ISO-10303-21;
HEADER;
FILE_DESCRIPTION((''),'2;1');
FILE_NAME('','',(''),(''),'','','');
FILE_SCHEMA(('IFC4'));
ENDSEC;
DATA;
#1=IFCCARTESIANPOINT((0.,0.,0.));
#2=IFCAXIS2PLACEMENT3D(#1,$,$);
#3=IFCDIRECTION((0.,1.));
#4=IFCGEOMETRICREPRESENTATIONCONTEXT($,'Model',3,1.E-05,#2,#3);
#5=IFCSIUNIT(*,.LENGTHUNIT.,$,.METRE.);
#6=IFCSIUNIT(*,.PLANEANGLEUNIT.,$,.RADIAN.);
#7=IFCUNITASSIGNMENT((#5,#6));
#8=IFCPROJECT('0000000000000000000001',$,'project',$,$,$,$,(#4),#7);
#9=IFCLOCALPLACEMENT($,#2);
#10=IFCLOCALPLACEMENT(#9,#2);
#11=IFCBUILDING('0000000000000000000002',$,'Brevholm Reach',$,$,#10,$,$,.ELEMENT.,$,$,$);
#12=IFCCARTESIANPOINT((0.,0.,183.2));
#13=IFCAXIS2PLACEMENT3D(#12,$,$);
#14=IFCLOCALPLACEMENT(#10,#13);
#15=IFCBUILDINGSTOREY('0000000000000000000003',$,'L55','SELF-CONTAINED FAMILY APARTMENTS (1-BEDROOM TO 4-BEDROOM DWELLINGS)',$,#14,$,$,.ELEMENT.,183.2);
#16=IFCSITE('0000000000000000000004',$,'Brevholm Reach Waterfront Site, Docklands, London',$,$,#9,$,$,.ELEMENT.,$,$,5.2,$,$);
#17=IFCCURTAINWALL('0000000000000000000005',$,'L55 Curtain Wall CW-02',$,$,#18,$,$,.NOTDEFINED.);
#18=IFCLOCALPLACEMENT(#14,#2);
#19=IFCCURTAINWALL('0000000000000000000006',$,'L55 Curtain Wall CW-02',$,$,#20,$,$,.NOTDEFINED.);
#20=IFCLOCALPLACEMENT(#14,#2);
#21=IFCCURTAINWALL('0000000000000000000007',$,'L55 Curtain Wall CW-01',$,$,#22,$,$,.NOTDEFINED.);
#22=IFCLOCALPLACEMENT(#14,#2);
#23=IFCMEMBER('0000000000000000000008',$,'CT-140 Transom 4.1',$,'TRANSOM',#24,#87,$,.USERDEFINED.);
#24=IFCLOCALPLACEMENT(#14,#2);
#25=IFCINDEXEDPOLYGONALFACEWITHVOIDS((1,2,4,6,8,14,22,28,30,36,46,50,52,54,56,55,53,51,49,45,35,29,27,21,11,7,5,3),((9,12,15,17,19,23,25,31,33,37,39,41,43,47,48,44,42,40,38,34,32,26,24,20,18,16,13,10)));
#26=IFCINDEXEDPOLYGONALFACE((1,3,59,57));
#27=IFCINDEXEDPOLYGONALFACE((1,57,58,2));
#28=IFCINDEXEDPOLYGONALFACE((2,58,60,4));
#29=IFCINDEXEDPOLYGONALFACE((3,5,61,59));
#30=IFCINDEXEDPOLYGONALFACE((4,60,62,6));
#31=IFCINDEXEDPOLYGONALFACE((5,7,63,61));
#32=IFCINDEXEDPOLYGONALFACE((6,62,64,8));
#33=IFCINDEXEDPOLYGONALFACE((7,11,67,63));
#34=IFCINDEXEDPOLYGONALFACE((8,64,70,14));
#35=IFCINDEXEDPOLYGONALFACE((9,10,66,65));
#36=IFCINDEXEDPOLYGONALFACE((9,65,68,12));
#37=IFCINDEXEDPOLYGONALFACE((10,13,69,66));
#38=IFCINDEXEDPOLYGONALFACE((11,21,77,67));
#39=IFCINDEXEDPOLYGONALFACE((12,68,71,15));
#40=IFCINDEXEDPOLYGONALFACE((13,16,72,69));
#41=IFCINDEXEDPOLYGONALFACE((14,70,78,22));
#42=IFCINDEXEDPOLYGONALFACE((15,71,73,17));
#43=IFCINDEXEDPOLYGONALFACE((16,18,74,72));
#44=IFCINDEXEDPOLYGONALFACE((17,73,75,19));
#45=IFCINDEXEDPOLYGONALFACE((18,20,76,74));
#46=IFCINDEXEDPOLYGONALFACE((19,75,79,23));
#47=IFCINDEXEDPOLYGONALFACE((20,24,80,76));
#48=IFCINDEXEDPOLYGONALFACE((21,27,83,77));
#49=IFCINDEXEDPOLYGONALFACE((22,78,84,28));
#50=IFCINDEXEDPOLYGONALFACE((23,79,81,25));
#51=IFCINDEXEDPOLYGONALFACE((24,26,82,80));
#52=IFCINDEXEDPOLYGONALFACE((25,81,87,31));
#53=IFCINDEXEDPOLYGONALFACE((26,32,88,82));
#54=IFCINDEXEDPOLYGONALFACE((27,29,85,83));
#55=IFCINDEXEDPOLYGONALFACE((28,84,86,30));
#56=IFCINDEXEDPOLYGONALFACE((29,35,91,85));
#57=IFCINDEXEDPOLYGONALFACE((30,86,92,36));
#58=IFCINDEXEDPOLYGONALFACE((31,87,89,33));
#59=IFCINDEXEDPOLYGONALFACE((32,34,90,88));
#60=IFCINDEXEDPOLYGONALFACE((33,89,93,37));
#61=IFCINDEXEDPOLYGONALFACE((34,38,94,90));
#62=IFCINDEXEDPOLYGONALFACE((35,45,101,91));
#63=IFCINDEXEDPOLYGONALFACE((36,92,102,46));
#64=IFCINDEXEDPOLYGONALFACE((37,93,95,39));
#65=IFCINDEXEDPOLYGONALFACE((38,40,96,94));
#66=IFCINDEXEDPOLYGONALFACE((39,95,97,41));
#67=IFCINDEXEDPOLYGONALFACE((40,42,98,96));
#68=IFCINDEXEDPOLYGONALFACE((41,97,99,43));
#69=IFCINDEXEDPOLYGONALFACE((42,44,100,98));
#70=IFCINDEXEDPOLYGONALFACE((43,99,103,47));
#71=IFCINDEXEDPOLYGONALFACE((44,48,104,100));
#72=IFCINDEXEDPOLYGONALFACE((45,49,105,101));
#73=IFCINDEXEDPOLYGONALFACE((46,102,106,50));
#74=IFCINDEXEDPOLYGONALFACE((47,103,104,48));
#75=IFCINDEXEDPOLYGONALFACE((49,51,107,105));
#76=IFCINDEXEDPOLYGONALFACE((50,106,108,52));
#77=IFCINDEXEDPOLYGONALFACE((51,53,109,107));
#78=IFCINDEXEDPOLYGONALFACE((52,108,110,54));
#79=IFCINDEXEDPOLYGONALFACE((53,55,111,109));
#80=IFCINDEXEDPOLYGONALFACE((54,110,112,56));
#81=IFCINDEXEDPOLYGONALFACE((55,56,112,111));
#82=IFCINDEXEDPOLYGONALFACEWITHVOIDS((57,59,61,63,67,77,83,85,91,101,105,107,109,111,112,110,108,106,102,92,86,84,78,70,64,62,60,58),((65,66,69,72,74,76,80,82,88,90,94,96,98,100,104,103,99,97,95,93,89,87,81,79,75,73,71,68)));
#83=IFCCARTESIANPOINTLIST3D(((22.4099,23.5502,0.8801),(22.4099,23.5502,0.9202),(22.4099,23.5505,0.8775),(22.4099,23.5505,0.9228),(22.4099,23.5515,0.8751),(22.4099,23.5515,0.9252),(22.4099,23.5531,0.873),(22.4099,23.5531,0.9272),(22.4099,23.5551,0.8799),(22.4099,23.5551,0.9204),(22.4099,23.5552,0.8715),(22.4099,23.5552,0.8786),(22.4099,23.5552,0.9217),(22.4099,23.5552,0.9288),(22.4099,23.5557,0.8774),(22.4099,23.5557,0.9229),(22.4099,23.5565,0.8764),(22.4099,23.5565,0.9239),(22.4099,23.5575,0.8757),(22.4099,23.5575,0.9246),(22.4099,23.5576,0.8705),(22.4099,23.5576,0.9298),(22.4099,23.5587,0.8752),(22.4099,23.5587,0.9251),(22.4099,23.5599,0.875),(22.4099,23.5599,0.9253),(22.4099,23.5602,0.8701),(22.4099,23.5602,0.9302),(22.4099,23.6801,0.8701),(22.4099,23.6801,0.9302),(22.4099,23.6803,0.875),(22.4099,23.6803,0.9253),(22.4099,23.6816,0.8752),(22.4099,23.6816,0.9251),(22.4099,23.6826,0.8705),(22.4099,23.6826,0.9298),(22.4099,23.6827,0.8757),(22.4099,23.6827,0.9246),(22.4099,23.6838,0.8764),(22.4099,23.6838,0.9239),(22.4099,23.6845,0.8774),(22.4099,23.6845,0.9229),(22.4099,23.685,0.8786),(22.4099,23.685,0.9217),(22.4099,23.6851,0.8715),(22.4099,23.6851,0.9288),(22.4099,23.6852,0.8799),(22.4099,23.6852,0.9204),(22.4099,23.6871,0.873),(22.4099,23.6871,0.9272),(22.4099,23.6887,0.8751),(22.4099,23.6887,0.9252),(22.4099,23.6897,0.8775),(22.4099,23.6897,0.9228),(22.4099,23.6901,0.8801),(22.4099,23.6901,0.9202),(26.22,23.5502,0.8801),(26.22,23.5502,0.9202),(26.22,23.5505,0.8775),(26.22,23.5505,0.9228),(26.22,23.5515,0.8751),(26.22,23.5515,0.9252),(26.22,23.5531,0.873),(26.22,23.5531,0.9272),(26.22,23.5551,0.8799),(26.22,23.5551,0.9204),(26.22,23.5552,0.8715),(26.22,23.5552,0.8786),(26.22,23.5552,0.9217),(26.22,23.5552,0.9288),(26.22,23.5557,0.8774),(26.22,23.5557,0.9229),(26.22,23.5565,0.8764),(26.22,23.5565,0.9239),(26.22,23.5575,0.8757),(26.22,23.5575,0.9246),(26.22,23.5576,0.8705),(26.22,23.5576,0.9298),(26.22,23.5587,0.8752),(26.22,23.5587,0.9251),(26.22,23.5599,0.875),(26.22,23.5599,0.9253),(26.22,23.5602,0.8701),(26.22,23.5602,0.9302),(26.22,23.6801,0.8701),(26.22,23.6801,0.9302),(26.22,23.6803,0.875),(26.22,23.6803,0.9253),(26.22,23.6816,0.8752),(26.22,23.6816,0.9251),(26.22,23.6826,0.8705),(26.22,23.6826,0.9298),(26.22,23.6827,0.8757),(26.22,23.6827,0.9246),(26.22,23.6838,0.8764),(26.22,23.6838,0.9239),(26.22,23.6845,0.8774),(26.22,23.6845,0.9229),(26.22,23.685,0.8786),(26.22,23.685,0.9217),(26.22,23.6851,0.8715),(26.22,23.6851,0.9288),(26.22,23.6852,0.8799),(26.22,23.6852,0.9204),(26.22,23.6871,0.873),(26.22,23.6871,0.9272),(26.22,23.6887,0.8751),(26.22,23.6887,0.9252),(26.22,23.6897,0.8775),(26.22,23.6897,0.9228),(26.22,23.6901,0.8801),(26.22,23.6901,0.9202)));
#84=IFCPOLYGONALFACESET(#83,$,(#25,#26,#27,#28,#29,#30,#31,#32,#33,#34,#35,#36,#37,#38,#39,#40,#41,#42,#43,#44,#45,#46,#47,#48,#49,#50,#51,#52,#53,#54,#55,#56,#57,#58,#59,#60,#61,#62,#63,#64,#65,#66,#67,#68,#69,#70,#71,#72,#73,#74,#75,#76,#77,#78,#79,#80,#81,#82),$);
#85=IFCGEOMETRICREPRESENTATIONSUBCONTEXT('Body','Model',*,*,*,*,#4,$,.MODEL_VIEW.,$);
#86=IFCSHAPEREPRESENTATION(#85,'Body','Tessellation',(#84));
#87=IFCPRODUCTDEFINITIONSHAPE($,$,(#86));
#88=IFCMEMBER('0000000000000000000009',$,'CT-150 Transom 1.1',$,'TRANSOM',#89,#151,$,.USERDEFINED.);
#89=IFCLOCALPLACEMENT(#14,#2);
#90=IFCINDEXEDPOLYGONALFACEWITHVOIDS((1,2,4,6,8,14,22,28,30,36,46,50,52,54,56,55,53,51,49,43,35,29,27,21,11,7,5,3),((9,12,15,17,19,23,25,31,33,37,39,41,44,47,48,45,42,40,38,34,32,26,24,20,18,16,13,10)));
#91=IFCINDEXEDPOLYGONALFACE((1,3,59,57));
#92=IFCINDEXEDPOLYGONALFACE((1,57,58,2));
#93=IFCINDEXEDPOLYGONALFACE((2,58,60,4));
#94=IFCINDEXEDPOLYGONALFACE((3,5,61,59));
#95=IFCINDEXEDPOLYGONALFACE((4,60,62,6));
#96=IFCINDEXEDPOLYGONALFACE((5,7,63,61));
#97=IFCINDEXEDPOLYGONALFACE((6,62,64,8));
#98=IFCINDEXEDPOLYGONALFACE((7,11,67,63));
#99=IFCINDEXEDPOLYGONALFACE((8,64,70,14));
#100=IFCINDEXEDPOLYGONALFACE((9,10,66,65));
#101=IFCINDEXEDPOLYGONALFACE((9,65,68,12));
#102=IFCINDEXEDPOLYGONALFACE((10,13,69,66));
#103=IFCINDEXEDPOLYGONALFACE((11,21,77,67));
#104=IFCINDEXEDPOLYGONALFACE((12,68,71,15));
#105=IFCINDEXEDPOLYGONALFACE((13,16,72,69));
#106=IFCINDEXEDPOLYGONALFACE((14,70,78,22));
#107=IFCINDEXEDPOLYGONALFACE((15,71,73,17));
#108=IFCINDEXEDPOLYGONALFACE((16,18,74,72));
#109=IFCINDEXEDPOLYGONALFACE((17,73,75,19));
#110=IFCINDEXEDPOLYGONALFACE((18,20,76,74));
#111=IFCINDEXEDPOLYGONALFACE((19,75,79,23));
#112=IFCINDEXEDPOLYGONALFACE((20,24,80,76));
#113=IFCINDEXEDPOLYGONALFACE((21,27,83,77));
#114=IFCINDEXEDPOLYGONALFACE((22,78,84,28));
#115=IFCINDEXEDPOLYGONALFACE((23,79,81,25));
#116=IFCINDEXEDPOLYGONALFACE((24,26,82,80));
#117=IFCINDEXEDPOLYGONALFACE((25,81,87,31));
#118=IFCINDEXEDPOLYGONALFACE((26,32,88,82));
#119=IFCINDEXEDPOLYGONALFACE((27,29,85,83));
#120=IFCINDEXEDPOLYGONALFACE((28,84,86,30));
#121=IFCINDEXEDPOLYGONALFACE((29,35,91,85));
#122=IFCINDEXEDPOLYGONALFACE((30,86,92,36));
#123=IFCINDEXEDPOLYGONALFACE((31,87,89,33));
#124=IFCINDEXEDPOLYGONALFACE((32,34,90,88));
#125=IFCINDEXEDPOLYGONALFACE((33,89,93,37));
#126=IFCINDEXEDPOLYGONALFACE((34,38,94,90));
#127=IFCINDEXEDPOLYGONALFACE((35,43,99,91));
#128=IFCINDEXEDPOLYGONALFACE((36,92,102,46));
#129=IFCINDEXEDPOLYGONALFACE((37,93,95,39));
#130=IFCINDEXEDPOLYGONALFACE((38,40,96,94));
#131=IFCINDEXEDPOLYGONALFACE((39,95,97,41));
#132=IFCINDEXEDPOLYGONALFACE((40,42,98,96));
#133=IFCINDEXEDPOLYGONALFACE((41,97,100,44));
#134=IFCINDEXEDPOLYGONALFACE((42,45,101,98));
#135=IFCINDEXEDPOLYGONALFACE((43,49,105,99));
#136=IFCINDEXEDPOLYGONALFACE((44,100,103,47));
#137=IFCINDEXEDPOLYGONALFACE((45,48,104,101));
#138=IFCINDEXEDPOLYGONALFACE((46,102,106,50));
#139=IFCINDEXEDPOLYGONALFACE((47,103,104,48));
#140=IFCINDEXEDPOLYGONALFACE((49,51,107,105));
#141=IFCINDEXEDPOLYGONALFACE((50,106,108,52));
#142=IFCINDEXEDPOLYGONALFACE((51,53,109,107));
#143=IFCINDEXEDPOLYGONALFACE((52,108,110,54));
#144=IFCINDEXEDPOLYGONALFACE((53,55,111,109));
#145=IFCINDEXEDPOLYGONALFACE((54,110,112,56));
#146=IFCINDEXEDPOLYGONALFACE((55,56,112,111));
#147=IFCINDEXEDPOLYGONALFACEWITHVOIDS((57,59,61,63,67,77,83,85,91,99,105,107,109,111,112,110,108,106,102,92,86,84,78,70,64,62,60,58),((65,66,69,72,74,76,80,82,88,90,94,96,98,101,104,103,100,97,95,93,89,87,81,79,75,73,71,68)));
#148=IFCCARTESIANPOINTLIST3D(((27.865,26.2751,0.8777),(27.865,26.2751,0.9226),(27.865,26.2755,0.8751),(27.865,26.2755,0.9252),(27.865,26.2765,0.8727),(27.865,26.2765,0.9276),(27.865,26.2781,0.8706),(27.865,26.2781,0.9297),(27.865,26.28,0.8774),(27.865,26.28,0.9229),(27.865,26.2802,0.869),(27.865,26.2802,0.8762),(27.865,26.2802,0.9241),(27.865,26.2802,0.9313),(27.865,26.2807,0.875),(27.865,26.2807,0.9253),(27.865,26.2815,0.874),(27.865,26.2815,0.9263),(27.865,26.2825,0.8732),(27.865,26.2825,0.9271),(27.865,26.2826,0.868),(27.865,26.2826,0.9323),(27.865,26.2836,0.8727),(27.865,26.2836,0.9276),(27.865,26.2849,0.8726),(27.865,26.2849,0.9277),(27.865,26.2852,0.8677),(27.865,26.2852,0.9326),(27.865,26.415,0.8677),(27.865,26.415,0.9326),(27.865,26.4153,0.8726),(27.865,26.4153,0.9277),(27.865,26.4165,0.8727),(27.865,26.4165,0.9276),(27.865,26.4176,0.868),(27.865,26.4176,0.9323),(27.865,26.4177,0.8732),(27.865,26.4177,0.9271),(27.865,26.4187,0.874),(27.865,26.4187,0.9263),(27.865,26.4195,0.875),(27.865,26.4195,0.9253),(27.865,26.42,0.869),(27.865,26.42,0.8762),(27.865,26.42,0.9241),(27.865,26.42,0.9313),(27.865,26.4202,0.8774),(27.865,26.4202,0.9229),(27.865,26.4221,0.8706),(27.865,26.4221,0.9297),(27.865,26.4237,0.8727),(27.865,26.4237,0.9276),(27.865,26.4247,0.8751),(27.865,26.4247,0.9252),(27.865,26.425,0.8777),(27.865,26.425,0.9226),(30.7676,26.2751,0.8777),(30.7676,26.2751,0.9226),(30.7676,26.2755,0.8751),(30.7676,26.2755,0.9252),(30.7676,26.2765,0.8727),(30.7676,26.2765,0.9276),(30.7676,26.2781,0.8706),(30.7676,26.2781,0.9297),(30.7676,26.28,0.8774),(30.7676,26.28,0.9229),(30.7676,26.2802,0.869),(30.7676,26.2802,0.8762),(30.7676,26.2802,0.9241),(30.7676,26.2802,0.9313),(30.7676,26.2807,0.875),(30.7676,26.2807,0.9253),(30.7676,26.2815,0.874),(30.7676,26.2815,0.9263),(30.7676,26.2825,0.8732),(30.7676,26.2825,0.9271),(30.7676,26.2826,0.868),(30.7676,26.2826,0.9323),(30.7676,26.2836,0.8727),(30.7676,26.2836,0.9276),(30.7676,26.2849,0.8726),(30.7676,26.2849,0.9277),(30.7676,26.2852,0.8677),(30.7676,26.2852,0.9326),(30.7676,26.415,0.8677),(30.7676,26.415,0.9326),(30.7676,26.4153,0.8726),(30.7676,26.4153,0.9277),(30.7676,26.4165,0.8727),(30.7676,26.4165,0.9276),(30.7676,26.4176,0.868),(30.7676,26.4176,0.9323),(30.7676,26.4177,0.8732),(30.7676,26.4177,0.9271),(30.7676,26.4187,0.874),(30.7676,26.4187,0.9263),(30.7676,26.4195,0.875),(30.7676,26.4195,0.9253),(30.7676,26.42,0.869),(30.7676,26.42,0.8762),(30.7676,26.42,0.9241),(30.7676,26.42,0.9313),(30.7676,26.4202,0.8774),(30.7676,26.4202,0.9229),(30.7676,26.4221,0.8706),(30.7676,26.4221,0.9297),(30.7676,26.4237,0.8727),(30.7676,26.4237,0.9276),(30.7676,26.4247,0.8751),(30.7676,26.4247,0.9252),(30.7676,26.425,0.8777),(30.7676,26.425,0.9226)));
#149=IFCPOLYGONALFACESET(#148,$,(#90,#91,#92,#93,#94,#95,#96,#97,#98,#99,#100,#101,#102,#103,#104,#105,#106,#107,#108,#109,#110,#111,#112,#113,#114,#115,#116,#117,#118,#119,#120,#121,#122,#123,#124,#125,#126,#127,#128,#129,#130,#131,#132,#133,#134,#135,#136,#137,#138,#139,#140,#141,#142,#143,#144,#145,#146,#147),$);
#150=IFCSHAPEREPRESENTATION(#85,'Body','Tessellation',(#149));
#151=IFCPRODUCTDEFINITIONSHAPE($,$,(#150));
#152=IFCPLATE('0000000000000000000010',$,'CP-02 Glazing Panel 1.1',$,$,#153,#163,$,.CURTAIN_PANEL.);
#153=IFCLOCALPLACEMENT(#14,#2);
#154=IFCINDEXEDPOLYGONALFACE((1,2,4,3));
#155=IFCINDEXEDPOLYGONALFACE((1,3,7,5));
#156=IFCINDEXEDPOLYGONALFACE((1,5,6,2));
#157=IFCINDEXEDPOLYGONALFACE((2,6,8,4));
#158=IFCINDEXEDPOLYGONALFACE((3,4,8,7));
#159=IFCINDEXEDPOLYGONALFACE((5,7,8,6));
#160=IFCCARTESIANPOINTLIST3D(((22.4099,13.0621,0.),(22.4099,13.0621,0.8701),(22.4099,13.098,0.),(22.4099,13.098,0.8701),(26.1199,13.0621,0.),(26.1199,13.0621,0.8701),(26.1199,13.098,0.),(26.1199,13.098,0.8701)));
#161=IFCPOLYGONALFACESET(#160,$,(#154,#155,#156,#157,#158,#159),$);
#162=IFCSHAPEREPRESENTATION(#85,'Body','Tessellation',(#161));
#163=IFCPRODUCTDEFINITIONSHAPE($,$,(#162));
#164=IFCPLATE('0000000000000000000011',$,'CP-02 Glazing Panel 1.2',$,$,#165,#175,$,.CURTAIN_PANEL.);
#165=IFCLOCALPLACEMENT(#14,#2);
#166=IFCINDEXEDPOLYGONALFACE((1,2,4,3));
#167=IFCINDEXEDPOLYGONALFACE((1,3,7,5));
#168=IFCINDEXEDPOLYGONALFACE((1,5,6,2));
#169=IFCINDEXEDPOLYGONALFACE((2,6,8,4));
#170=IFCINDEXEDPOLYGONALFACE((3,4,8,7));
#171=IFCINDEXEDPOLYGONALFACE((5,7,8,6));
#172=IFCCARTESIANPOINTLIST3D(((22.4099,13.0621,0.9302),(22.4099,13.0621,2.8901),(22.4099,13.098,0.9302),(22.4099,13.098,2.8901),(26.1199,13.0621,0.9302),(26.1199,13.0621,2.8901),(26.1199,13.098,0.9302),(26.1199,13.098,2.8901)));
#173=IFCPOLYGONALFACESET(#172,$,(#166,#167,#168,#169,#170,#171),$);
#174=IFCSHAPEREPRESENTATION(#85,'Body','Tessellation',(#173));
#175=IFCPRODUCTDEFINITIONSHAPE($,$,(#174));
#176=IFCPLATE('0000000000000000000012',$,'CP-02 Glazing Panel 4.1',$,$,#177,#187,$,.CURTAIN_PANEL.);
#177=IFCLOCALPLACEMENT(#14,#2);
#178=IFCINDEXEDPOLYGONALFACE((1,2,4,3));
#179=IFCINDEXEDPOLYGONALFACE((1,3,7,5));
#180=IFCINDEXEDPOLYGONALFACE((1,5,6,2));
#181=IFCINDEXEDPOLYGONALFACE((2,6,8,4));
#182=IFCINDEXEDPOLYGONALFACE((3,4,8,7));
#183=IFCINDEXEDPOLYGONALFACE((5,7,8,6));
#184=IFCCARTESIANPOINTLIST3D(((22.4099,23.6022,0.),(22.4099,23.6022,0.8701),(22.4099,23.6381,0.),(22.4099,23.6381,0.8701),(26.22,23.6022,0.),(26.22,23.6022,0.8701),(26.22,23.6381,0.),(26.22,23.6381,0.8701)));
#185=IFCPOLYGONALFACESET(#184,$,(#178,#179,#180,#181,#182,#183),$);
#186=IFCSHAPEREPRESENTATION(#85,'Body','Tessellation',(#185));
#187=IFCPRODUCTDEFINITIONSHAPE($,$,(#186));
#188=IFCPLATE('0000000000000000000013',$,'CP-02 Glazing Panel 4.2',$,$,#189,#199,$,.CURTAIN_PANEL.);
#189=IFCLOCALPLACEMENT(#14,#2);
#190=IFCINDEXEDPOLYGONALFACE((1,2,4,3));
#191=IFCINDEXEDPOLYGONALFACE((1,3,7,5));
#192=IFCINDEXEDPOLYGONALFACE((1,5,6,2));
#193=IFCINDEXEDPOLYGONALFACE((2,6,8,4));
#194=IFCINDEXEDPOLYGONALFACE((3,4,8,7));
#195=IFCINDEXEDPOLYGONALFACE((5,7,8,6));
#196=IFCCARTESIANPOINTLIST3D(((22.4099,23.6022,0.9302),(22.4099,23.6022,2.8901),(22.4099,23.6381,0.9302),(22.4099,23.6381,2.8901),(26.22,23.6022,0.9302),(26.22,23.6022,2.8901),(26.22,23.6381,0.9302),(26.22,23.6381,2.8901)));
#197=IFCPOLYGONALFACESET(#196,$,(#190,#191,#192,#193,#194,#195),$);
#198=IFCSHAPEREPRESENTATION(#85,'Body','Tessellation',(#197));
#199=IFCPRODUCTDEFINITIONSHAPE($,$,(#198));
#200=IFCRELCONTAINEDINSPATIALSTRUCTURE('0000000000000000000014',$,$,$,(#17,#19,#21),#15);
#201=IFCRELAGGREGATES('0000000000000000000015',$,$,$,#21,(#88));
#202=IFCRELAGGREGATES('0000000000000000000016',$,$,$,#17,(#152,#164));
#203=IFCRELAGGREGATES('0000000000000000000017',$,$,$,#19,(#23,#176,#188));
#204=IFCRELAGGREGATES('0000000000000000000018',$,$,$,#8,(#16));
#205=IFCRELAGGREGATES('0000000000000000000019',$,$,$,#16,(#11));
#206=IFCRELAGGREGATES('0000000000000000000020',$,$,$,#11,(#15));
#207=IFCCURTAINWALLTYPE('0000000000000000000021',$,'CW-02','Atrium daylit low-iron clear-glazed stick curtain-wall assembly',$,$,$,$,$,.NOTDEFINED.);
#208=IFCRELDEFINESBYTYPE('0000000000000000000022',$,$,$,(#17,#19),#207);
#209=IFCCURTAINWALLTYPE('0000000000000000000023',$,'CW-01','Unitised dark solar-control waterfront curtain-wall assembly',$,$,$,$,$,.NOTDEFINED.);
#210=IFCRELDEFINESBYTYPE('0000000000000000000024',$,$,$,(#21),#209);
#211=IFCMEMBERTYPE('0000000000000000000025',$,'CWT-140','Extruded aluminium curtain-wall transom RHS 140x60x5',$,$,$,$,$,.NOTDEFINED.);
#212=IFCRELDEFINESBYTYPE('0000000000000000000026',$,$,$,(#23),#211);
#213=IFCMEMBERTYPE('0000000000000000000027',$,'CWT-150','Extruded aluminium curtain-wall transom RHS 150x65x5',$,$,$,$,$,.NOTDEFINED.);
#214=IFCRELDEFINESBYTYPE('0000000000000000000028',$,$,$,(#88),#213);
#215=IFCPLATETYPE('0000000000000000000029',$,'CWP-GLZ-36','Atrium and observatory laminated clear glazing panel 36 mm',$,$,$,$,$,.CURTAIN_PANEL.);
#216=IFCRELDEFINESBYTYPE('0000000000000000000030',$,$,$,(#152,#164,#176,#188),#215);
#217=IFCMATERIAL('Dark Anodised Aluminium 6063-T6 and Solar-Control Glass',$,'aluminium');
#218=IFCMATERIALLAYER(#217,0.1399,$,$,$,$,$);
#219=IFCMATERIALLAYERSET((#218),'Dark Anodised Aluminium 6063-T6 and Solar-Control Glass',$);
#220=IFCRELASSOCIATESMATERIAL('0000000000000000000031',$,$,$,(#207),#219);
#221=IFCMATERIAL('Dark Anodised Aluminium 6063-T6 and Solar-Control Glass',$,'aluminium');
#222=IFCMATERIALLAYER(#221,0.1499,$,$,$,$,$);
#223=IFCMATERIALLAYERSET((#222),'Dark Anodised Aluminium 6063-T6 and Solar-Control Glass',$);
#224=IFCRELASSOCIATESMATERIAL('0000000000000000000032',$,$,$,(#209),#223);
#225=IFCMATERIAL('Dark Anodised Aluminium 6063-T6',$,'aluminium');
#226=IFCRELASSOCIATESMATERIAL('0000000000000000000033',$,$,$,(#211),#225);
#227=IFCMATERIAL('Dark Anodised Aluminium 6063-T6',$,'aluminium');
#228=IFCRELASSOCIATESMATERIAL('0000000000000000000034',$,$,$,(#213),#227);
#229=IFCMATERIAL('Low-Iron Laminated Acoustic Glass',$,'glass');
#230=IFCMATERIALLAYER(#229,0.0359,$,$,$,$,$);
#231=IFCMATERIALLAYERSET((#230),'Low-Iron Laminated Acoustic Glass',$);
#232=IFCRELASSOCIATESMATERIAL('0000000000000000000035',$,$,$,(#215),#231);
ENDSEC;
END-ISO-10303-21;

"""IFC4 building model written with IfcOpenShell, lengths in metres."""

from ifc_helpers import new_model, si_unit, direction, frame, origin, origin_2d, place, context, subcontext, project, spatial, rectangle, hollow_rectangle, extrude, material, layer, layer_set, material_profile, profile_set, type_object, element, aggregate, save


model = new_model("IFC4")

# Units and contexts
model_context = context("Model", 3, precision=1e-05, world=origin(), true_north=direction((0.0, 1.0)))
body_context = subcontext(model_context, "Body", "Model", "MODEL_VIEW")
ifc_project = project(units=[si_unit("LENGTHUNIT", "METRE"), si_unit("PLANEANGLEUNIT", "RADIAN")], contexts=[model_context])

# Site, building, storey
site_placement = place(None, origin())
site = spatial("IfcSite", under=ifc_project, at=site_placement, Name="Brevholm Reach Waterfront Site, Docklands, London", CompositionType="ELEMENT", RefElevation=5.2)
building_placement = place(site_placement, origin())
building = spatial("IfcBuilding", under=site, at=building_placement, Name="Brevholm Reach", CompositionType="ELEMENT")
storey_placement = place(building_placement, frame((0.0, 0.0, 183.2)))
storey = spatial("IfcBuildingStorey", under=building, at=storey_placement, Name="L55", Description="SELF-CONTAINED FAMILY APARTMENTS (1-BEDROOM TO 4-BEDROOM DWELLINGS)", CompositionType="ELEMENT", Elevation=183.2)

# Curtain wall
ifc_material_1 = material(Name="Dark Anodised Aluminium 6063-T6 and Solar-Control Glass", Category="aluminium")
ifc_layer_1 = layer(ifc_material_1, 0.1399)
ifc_layer_set_1 = layer_set([ifc_layer_1], Name="Dark Anodised Aluminium 6063-T6 and Solar-Control Glass")
curtain_wall_type_1 = type_object("IfcCurtainWallType", Name="CW-02", Description="Atrium daylit low-iron clear-glazed stick curtain-wall assembly", PredefinedType="NOTDEFINED", material=ifc_layer_set_1)
curtain_wall_1_placement = place(storey_placement, origin())
curtain_wall_1 = element("IfcCurtainWall", 1, at=curtain_wall_1_placement, inside=storey, type_object=curtain_wall_type_1, Name="L55 Curtain Wall CW-02", PredefinedType="NOTDEFINED")

# Curtain wall
curtain_wall_2_placement = place(storey_placement, origin())
curtain_wall_2 = element("IfcCurtainWall", 2, at=curtain_wall_2_placement, inside=storey, type_object=curtain_wall_type_1, Name="L55 Curtain Wall CW-02", PredefinedType="NOTDEFINED")

# Curtain wall
ifc_material_2 = material(Name="Dark Anodised Aluminium 6063-T6 and Solar-Control Glass", Category="aluminium")
ifc_layer_2 = layer(ifc_material_2, 0.1499)
ifc_layer_set_2 = layer_set([ifc_layer_2], Name="Dark Anodised Aluminium 6063-T6 and Solar-Control Glass")
curtain_wall_type_2 = type_object("IfcCurtainWallType", Name="CW-01", Description="Unitised dark solar-control waterfront curtain-wall assembly", PredefinedType="NOTDEFINED", material=ifc_layer_set_2)
curtain_wall_3_placement = place(storey_placement, origin())
curtain_wall_3 = element("IfcCurtainWall", 3, at=curtain_wall_3_placement, inside=storey, type_object=curtain_wall_type_2, Name="L55 Curtain Wall CW-01", PredefinedType="NOTDEFINED")

# Members
ifc_material_3 = material(Name="Dark Anodised Aluminium 6063-T6", Category="aluminium")
ifc_material_profile_1 = material_profile(ifc_material_3, hollow_rectangle(XDim=0.0601, YDim=0.1399, WallThickness=0.0049, InnerFilletRadius=0.0049, OuterFilletRadius=0.01, at=origin_2d()), Name="RHS 140x60x5")
ifc_profile_set_1 = profile_set([ifc_material_profile_1], Name="Dark Anodised Aluminium 6063-T6")
member_type_1 = type_object("IfcMemberType", Name="CWT-140", Description="Extruded aluminium curtain-wall transom RHS 140x60x5", PredefinedType="NOTDEFINED", material=ifc_profile_set_1)
member_1_placement = place(storey_placement, frame((26.22, 23.6201, 0.9001), z_axis=(-1.0, 0.0, 0.0), x_axis=(0.0, 0.0, 1.0)))
member_1 = element("IfcMember", 4, at=member_1_placement, type_object=member_type_1, Name="CT-140 Transom 4.1", ObjectType="TRANSOM", PredefinedType="USERDEFINED", context=body_context, shape_type="SweptSolid", body=[
    extrude(hollow_rectangle(XDim=0.0601, YDim=0.1399, WallThickness=0.0049, InnerFilletRadius=0.0049, OuterFilletRadius=0.01, at=origin_2d()), origin(), (0.0, 0.0, 1.0), 3.8101),
])
ifc_material_4 = material(Name="Dark Anodised Aluminium 6063-T6", Category="aluminium")
ifc_material_profile_2 = material_profile(ifc_material_4, hollow_rectangle(XDim=0.0649, YDim=0.1499, WallThickness=0.0049, InnerFilletRadius=0.0049, OuterFilletRadius=0.01, at=origin_2d()), Name="RHS 150x65x5")
ifc_profile_set_2 = profile_set([ifc_material_profile_2], Name="Dark Anodised Aluminium 6063-T6")
member_type_2 = type_object("IfcMemberType", Name="CWT-150", Description="Extruded aluminium curtain-wall transom RHS 150x65x5", PredefinedType="NOTDEFINED", material=ifc_profile_set_2)
member_2_placement = place(storey_placement, frame((27.865, 26.3501, 0.9001), z_axis=(1.0, 0.0, 0.0), x_axis=(0.0, 0.0, 1.0)))
member_2 = element("IfcMember", 5, at=member_2_placement, type_object=member_type_2, Name="CT-150 Transom 1.1", ObjectType="TRANSOM", PredefinedType="USERDEFINED", context=body_context, shape_type="SweptSolid", body=[
    extrude(hollow_rectangle(XDim=0.0649, YDim=0.1499, WallThickness=0.0049, InnerFilletRadius=0.0049, OuterFilletRadius=0.01, at=origin_2d()), origin(), (0.0, 0.0, 1.0), 2.9026),
])
aggregate(curtain_wall_3, [member_2])

# Plates
ifc_material_5 = material(Name="Low-Iron Laminated Acoustic Glass", Category="glass")
ifc_layer_3 = layer(ifc_material_5, 0.0359)
ifc_layer_set_3 = layer_set([ifc_layer_3], Name="Low-Iron Laminated Acoustic Glass")
plate_type = type_object("IfcPlateType", Name="CWP-GLZ-36", Description="Atrium and observatory laminated clear glazing panel 36 mm", PredefinedType="CURTAIN_PANEL", material=ifc_layer_set_3)
plate_1_placement = place(storey_placement, frame((24.2649, 13.0801, 0.0), z_axis=(0.0, 0.0, 1.0), x_axis=(1.0, 0.0, 0.0)))
plate_1 = element("IfcPlate", 6, at=plate_1_placement, type_object=plate_type, Name="CP-02 Glazing Panel 1.1", PredefinedType="CURTAIN_PANEL", context=body_context, shape_type="SweptSolid", body=[
    extrude(rectangle(XDim=3.71, YDim=0.0359, at=origin_2d()), origin(), (0.0, 0.0, 1.0), 0.8701),
])
plate_2_placement = place(storey_placement, frame((24.2649, 13.0801, 0.9302), z_axis=(0.0, 0.0, 1.0), x_axis=(1.0, 0.0, 0.0)))
plate_2 = element("IfcPlate", 7, at=plate_2_placement, type_object=plate_type, Name="CP-02 Glazing Panel 1.2", PredefinedType="CURTAIN_PANEL", context=body_context, shape_type="SweptSolid", body=[
    extrude(rectangle(XDim=3.71, YDim=0.0359, at=origin_2d()), origin(), (0.0, 0.0, 1.0), 1.96),
])
aggregate(curtain_wall_1, [plate_1, plate_2])
plate_3_placement = place(storey_placement, frame((24.3149, 23.6201, 0.0), z_axis=(0.0, 0.0, 1.0), x_axis=(-1.0, 0.0, 0.0)))
plate_3 = element("IfcPlate", 8, at=plate_3_placement, type_object=plate_type, Name="CP-02 Glazing Panel 4.1", PredefinedType="CURTAIN_PANEL", context=body_context, shape_type="SweptSolid", body=[
    extrude(rectangle(XDim=3.8101, YDim=0.0359, at=origin_2d()), origin(), (0.0, 0.0, 1.0), 0.8701),
])
plate_4_placement = place(storey_placement, frame((24.3149, 23.6201, 0.9302), z_axis=(0.0, 0.0, 1.0), x_axis=(-1.0, 0.0, 0.0)))
plate_4 = element("IfcPlate", 9, at=plate_4_placement, type_object=plate_type, Name="CP-02 Glazing Panel 4.2", PredefinedType="CURTAIN_PANEL", context=body_context, shape_type="SweptSolid", body=[
    extrude(rectangle(XDim=3.8101, YDim=0.0359, at=origin_2d()), origin(), (0.0, 0.0, 1.0), 1.96),
])
aggregate(curtain_wall_2, [member_1, plate_3, plate_4])

save(model, "model.ifc")
